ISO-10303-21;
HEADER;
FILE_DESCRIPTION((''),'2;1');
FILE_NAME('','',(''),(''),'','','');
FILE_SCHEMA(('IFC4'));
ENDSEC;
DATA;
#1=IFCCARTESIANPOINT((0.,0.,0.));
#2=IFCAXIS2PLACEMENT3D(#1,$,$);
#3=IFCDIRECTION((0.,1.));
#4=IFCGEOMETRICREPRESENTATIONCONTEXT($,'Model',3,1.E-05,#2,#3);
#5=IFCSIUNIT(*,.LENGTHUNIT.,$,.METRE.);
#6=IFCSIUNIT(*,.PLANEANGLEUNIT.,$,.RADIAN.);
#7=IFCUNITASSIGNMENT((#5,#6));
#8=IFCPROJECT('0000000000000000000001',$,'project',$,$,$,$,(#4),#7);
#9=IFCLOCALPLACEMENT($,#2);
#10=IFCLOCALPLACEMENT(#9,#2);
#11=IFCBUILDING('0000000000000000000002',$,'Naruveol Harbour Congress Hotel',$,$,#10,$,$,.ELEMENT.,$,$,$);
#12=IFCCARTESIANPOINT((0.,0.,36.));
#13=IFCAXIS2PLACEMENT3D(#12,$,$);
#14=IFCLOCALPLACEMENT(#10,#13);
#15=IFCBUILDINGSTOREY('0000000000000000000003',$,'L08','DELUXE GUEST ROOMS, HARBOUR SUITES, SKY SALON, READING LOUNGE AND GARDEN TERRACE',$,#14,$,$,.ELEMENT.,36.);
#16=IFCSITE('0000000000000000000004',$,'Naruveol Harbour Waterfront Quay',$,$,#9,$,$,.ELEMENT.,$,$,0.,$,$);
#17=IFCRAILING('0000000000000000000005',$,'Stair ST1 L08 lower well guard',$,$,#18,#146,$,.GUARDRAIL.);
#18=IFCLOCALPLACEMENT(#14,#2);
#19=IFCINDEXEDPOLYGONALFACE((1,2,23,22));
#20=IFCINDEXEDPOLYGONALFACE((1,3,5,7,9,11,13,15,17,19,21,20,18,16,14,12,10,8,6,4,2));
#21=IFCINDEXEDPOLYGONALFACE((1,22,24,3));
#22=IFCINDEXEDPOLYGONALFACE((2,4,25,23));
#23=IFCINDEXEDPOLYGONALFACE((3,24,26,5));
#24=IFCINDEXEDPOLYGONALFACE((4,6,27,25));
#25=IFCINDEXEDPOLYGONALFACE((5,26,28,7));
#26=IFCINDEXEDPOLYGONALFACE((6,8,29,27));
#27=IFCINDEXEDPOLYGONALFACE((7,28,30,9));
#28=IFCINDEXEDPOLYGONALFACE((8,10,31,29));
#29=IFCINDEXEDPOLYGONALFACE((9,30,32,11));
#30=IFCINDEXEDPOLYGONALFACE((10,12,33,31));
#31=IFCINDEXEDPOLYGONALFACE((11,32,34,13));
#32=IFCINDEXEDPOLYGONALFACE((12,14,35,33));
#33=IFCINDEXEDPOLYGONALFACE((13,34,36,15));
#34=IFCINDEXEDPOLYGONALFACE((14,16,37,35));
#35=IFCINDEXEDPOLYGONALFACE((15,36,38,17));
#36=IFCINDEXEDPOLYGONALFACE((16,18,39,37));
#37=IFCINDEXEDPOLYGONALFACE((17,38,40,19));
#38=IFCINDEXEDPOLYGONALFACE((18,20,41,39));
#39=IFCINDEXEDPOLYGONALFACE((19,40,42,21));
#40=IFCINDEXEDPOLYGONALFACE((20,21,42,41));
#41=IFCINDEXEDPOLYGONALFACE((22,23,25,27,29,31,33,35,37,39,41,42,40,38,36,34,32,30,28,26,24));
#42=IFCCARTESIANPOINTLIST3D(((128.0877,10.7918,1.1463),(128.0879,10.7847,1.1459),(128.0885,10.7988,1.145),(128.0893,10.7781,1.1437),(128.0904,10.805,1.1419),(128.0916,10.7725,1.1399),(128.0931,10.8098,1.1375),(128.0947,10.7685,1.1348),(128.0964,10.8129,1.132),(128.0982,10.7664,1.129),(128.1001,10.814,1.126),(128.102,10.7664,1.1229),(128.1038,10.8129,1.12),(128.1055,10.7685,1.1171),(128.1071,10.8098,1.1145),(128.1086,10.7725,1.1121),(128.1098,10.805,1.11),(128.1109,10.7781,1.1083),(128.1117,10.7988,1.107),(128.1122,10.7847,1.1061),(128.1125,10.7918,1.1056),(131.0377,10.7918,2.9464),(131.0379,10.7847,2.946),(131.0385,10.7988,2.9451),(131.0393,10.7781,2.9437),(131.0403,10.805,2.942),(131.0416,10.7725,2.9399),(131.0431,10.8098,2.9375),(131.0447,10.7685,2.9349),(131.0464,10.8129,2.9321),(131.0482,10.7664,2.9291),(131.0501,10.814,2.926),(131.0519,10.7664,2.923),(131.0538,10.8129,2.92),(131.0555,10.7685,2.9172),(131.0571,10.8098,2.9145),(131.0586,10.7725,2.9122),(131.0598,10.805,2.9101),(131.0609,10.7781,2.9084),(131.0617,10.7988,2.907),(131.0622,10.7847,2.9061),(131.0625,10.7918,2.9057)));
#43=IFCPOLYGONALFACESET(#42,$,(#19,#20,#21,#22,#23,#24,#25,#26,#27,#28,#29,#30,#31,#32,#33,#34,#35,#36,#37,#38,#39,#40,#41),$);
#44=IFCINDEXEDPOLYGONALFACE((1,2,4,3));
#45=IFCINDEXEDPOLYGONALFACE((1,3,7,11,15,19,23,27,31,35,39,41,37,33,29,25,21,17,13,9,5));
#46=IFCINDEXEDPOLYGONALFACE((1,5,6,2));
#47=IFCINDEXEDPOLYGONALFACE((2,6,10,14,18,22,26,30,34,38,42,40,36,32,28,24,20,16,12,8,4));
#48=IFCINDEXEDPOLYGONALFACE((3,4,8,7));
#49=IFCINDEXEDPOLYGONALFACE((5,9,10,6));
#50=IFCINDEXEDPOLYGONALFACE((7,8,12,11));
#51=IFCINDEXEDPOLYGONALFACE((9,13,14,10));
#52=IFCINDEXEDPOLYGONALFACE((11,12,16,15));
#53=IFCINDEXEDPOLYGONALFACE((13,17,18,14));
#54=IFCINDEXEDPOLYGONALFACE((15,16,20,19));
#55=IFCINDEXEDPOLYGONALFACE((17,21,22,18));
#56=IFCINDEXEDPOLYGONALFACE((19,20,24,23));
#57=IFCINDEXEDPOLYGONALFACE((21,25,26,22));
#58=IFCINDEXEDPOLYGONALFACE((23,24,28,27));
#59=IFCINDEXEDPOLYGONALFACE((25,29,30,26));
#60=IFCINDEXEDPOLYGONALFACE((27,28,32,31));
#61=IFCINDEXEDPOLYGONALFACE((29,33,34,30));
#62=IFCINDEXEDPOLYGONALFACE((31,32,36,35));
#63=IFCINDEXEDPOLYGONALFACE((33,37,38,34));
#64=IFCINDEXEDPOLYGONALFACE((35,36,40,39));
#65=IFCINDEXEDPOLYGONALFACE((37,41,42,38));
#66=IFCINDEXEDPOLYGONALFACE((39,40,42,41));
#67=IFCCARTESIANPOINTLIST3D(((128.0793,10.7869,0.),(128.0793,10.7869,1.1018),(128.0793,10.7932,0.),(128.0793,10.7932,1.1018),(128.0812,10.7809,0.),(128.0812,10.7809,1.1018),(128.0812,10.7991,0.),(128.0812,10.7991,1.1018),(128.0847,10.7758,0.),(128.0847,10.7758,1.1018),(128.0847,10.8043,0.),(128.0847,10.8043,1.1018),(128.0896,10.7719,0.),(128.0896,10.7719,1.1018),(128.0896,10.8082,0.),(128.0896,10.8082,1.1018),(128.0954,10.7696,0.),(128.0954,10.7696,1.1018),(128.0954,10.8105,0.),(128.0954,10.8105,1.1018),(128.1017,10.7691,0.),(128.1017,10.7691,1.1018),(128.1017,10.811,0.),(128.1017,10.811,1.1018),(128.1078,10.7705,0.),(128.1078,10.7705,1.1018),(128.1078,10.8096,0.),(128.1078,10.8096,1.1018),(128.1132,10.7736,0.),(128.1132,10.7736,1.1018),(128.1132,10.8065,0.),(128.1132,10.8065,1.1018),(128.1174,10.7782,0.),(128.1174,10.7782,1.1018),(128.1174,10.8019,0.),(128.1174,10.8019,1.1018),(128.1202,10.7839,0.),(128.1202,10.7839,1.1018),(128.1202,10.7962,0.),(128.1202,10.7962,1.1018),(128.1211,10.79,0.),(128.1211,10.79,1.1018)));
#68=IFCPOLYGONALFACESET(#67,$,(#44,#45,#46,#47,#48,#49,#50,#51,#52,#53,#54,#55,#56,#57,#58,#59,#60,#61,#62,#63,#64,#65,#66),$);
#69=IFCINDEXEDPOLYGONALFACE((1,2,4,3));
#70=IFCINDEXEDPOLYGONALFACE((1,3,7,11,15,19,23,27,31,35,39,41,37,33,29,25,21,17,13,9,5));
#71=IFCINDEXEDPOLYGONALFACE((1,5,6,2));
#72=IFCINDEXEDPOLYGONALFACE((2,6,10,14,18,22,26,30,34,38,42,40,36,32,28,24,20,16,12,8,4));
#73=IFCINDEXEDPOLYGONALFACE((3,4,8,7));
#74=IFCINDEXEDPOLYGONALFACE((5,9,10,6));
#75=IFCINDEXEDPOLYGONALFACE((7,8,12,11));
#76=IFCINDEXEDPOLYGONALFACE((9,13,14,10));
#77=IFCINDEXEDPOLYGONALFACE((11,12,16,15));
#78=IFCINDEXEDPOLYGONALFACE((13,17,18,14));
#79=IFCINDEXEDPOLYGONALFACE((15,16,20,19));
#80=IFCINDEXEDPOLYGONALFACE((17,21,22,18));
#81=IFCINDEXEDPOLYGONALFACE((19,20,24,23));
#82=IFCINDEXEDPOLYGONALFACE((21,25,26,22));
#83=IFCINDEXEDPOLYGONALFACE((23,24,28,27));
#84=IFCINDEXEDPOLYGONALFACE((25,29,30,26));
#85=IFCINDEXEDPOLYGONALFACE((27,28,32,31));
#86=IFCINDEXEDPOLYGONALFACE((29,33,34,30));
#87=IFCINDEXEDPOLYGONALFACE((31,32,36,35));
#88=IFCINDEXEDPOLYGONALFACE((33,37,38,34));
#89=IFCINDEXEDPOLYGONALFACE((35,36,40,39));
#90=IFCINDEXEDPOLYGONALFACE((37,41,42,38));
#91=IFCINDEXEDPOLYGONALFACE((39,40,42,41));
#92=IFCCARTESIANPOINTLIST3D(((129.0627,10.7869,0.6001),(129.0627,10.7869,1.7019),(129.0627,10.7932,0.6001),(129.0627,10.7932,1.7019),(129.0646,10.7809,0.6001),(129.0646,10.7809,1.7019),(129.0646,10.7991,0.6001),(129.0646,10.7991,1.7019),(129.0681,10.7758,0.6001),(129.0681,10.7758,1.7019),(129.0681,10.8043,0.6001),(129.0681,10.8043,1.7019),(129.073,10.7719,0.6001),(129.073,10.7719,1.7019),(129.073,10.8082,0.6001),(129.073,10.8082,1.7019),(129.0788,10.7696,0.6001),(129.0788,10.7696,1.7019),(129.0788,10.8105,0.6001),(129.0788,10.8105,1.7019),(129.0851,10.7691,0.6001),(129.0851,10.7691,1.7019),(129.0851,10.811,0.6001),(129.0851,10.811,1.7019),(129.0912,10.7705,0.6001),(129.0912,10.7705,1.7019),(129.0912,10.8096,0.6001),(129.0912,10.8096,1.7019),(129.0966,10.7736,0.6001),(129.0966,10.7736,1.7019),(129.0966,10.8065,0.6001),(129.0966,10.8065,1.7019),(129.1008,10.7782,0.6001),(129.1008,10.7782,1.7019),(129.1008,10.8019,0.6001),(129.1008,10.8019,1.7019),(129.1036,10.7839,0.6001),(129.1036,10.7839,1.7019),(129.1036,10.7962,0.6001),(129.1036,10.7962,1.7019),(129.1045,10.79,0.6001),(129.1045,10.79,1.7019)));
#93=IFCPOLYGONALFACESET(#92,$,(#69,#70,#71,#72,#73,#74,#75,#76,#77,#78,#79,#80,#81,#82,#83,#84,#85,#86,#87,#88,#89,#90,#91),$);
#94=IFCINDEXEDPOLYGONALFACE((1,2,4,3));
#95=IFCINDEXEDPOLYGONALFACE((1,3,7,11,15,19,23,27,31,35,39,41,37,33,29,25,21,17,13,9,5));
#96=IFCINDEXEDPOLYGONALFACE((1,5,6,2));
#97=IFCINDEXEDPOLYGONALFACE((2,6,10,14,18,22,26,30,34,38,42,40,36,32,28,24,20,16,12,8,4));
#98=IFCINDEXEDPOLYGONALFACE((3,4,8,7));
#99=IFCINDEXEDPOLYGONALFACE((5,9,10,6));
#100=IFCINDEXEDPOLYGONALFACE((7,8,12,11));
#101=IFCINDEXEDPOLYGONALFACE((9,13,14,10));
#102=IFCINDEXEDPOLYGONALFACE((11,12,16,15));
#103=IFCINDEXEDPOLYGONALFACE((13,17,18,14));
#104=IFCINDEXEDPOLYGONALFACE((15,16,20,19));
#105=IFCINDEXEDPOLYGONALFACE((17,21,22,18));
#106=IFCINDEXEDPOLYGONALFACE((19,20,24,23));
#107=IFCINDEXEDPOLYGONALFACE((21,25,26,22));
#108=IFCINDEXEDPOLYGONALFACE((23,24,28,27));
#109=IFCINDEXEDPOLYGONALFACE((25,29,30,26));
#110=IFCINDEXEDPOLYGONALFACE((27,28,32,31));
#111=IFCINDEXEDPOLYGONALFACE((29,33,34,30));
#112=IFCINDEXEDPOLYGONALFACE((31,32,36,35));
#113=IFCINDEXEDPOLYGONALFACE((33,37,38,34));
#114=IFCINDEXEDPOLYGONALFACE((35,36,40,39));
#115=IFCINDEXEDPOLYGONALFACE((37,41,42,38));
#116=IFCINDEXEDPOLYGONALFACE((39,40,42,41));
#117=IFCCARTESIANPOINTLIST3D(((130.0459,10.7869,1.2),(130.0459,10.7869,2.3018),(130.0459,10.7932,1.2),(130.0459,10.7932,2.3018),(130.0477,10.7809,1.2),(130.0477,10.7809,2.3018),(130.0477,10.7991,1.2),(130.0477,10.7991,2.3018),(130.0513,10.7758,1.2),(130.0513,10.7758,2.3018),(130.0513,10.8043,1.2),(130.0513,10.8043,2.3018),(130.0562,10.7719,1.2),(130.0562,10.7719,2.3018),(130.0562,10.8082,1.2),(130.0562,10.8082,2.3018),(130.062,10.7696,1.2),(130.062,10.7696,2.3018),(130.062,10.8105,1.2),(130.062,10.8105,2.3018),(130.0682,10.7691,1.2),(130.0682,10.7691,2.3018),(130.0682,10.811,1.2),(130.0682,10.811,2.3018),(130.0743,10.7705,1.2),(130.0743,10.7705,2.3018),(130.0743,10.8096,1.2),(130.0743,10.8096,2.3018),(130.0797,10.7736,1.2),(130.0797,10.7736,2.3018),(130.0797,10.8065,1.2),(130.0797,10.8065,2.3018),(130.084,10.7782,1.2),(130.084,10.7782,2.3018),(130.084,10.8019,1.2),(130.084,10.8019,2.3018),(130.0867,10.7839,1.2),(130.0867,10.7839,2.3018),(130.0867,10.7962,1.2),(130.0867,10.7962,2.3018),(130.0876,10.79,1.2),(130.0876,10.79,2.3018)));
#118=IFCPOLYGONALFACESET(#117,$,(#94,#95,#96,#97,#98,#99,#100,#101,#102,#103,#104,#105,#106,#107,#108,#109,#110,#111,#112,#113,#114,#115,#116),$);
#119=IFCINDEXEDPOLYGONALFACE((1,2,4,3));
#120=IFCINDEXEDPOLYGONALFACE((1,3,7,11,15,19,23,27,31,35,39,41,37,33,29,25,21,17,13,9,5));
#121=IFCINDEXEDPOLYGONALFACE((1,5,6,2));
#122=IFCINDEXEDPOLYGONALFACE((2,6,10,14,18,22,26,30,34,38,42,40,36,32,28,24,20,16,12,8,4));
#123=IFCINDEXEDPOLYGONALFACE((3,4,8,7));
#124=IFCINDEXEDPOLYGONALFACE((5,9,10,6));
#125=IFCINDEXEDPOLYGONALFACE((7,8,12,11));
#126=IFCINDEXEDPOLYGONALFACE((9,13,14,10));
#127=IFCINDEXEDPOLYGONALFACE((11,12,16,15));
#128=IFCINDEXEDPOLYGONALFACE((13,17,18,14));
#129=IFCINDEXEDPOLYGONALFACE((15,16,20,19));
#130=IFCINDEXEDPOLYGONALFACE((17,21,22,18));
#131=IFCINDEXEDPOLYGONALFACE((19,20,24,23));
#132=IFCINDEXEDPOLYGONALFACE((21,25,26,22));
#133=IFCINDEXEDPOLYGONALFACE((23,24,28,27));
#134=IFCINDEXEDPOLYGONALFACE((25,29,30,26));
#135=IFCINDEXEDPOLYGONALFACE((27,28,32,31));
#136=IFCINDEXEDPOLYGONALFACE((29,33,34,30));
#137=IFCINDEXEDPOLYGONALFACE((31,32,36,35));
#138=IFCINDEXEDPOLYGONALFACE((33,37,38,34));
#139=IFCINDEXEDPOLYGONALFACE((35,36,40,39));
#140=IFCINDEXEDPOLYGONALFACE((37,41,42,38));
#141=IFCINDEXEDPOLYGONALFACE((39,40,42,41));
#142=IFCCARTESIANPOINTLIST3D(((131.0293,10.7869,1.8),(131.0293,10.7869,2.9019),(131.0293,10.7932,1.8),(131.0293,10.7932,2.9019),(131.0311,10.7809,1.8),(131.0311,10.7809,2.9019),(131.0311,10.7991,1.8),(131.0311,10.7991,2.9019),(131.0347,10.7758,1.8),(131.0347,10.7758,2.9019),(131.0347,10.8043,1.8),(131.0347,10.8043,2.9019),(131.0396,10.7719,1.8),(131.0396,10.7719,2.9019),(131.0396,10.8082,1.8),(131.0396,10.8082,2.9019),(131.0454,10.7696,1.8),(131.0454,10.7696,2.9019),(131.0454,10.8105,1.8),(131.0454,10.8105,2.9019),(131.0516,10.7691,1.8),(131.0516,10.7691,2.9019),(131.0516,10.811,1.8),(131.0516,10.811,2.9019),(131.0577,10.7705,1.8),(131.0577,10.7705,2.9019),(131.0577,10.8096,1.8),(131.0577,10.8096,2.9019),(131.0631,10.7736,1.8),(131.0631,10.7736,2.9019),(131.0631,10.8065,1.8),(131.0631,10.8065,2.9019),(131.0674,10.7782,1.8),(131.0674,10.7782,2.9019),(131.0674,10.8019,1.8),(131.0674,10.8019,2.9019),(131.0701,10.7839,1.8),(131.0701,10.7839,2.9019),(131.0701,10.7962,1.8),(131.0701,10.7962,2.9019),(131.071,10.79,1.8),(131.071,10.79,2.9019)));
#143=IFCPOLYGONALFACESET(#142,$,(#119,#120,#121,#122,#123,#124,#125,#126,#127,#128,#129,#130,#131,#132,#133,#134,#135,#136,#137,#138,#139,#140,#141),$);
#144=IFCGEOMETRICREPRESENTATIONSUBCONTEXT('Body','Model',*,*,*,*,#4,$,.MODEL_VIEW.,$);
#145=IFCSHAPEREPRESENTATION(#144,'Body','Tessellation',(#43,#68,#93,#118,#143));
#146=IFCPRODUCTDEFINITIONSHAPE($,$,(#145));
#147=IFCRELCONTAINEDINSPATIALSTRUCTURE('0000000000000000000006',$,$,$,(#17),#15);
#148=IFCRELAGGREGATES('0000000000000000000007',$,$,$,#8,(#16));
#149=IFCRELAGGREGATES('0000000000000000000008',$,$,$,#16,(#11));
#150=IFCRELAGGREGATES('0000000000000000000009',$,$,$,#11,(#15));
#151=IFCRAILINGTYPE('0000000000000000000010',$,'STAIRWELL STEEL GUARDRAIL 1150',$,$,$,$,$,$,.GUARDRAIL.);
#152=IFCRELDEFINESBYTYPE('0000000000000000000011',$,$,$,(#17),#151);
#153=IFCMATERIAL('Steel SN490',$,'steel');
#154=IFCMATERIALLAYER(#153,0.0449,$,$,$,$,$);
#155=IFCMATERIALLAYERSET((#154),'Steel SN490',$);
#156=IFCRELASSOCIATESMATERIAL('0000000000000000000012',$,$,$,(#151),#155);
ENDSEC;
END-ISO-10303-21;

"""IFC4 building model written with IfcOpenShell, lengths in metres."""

from ifc_helpers import new_model, si_unit, direction, frame, origin, origin_2d, place, context, subcontext, project, spatial, circle, extrude, material, layer, layer_set, type_object, element, save


model = new_model("IFC4")

# Units and contexts
model_context = context("Model", 3, precision=1e-05, world=origin(), true_north=direction((0.0, 1.0)))
body_context = subcontext(model_context, "Body", "Model", "MODEL_VIEW")
ifc_project = project(units=[si_unit("LENGTHUNIT", "METRE"), si_unit("PLANEANGLEUNIT", "RADIAN")], contexts=[model_context])

# Site, building, storey
site_placement = place(None, origin())
site = spatial("IfcSite", under=ifc_project, at=site_placement, Name="Naruveol Harbour Waterfront Quay", CompositionType="ELEMENT", RefElevation=0.0)
building_placement = place(site_placement, origin())
building = spatial("IfcBuilding", under=site, at=building_placement, Name="Naruveol Harbour Congress Hotel", CompositionType="ELEMENT")
storey_placement = place(building_placement, frame((0.0, 0.0, 36.0)))
storey = spatial("IfcBuildingStorey", under=building, at=storey_placement, Name="L08", Description="DELUXE GUEST ROOMS, HARBOUR SUITES, SKY SALON, READING LOUNGE AND GARDEN TERRACE", CompositionType="ELEMENT", Elevation=36.0)

# Railing
ifc_material_1 = material(Name="Steel SN490", Category="steel")
ifc_layer_1 = layer(ifc_material_1, 0.0449)
ifc_layer_set_1 = layer_set([ifc_layer_1], Name="Steel SN490")
railing_type_1 = type_object("IfcRailingType", Name="STAIRWELL STEEL GUARDRAIL 1150", PredefinedType="GUARDRAIL", material=ifc_layer_set_1)
railing_1_placement = place(storey_placement, frame((128.1001, 10.79, 0.0)))
element("IfcRailing", 1, at=railing_1_placement, inside=storey, type_object=railing_type_1, Name="Stair ST1 L08 lower well guard", PredefinedType="GUARDRAIL", context=body_context, shape_type="SweptSolid", body=[
    extrude(circle(Radius=0.0239, at=origin_2d()), frame((0.0, 0.0, 1.126), z_axis=(0.853629, 0.0, 0.520881), x_axis=(0.0, 1.0, 0.0)), (0.0, 0.0, 1.0), 3.4558),
    extrude(circle(Radius=0.021, at=origin_2d()), origin(), (0.0, 0.0, 1.0), 1.1018),
    extrude(circle(Radius=0.021, at=origin_2d()), frame((0.9834, 0.0, 0.6001)), (0.0, 0.0, 1.0), 1.1018),
    extrude(circle(Radius=0.021, at=origin_2d()), frame((1.9666, 0.0, 1.2)), (0.0, 0.0, 1.0), 1.1018),
    extrude(circle(Radius=0.021, at=origin_2d()), frame((2.95, 0.0, 1.8)), (0.0, 0.0, 1.0), 1.1018),
])

save(model, "model.ifc")
